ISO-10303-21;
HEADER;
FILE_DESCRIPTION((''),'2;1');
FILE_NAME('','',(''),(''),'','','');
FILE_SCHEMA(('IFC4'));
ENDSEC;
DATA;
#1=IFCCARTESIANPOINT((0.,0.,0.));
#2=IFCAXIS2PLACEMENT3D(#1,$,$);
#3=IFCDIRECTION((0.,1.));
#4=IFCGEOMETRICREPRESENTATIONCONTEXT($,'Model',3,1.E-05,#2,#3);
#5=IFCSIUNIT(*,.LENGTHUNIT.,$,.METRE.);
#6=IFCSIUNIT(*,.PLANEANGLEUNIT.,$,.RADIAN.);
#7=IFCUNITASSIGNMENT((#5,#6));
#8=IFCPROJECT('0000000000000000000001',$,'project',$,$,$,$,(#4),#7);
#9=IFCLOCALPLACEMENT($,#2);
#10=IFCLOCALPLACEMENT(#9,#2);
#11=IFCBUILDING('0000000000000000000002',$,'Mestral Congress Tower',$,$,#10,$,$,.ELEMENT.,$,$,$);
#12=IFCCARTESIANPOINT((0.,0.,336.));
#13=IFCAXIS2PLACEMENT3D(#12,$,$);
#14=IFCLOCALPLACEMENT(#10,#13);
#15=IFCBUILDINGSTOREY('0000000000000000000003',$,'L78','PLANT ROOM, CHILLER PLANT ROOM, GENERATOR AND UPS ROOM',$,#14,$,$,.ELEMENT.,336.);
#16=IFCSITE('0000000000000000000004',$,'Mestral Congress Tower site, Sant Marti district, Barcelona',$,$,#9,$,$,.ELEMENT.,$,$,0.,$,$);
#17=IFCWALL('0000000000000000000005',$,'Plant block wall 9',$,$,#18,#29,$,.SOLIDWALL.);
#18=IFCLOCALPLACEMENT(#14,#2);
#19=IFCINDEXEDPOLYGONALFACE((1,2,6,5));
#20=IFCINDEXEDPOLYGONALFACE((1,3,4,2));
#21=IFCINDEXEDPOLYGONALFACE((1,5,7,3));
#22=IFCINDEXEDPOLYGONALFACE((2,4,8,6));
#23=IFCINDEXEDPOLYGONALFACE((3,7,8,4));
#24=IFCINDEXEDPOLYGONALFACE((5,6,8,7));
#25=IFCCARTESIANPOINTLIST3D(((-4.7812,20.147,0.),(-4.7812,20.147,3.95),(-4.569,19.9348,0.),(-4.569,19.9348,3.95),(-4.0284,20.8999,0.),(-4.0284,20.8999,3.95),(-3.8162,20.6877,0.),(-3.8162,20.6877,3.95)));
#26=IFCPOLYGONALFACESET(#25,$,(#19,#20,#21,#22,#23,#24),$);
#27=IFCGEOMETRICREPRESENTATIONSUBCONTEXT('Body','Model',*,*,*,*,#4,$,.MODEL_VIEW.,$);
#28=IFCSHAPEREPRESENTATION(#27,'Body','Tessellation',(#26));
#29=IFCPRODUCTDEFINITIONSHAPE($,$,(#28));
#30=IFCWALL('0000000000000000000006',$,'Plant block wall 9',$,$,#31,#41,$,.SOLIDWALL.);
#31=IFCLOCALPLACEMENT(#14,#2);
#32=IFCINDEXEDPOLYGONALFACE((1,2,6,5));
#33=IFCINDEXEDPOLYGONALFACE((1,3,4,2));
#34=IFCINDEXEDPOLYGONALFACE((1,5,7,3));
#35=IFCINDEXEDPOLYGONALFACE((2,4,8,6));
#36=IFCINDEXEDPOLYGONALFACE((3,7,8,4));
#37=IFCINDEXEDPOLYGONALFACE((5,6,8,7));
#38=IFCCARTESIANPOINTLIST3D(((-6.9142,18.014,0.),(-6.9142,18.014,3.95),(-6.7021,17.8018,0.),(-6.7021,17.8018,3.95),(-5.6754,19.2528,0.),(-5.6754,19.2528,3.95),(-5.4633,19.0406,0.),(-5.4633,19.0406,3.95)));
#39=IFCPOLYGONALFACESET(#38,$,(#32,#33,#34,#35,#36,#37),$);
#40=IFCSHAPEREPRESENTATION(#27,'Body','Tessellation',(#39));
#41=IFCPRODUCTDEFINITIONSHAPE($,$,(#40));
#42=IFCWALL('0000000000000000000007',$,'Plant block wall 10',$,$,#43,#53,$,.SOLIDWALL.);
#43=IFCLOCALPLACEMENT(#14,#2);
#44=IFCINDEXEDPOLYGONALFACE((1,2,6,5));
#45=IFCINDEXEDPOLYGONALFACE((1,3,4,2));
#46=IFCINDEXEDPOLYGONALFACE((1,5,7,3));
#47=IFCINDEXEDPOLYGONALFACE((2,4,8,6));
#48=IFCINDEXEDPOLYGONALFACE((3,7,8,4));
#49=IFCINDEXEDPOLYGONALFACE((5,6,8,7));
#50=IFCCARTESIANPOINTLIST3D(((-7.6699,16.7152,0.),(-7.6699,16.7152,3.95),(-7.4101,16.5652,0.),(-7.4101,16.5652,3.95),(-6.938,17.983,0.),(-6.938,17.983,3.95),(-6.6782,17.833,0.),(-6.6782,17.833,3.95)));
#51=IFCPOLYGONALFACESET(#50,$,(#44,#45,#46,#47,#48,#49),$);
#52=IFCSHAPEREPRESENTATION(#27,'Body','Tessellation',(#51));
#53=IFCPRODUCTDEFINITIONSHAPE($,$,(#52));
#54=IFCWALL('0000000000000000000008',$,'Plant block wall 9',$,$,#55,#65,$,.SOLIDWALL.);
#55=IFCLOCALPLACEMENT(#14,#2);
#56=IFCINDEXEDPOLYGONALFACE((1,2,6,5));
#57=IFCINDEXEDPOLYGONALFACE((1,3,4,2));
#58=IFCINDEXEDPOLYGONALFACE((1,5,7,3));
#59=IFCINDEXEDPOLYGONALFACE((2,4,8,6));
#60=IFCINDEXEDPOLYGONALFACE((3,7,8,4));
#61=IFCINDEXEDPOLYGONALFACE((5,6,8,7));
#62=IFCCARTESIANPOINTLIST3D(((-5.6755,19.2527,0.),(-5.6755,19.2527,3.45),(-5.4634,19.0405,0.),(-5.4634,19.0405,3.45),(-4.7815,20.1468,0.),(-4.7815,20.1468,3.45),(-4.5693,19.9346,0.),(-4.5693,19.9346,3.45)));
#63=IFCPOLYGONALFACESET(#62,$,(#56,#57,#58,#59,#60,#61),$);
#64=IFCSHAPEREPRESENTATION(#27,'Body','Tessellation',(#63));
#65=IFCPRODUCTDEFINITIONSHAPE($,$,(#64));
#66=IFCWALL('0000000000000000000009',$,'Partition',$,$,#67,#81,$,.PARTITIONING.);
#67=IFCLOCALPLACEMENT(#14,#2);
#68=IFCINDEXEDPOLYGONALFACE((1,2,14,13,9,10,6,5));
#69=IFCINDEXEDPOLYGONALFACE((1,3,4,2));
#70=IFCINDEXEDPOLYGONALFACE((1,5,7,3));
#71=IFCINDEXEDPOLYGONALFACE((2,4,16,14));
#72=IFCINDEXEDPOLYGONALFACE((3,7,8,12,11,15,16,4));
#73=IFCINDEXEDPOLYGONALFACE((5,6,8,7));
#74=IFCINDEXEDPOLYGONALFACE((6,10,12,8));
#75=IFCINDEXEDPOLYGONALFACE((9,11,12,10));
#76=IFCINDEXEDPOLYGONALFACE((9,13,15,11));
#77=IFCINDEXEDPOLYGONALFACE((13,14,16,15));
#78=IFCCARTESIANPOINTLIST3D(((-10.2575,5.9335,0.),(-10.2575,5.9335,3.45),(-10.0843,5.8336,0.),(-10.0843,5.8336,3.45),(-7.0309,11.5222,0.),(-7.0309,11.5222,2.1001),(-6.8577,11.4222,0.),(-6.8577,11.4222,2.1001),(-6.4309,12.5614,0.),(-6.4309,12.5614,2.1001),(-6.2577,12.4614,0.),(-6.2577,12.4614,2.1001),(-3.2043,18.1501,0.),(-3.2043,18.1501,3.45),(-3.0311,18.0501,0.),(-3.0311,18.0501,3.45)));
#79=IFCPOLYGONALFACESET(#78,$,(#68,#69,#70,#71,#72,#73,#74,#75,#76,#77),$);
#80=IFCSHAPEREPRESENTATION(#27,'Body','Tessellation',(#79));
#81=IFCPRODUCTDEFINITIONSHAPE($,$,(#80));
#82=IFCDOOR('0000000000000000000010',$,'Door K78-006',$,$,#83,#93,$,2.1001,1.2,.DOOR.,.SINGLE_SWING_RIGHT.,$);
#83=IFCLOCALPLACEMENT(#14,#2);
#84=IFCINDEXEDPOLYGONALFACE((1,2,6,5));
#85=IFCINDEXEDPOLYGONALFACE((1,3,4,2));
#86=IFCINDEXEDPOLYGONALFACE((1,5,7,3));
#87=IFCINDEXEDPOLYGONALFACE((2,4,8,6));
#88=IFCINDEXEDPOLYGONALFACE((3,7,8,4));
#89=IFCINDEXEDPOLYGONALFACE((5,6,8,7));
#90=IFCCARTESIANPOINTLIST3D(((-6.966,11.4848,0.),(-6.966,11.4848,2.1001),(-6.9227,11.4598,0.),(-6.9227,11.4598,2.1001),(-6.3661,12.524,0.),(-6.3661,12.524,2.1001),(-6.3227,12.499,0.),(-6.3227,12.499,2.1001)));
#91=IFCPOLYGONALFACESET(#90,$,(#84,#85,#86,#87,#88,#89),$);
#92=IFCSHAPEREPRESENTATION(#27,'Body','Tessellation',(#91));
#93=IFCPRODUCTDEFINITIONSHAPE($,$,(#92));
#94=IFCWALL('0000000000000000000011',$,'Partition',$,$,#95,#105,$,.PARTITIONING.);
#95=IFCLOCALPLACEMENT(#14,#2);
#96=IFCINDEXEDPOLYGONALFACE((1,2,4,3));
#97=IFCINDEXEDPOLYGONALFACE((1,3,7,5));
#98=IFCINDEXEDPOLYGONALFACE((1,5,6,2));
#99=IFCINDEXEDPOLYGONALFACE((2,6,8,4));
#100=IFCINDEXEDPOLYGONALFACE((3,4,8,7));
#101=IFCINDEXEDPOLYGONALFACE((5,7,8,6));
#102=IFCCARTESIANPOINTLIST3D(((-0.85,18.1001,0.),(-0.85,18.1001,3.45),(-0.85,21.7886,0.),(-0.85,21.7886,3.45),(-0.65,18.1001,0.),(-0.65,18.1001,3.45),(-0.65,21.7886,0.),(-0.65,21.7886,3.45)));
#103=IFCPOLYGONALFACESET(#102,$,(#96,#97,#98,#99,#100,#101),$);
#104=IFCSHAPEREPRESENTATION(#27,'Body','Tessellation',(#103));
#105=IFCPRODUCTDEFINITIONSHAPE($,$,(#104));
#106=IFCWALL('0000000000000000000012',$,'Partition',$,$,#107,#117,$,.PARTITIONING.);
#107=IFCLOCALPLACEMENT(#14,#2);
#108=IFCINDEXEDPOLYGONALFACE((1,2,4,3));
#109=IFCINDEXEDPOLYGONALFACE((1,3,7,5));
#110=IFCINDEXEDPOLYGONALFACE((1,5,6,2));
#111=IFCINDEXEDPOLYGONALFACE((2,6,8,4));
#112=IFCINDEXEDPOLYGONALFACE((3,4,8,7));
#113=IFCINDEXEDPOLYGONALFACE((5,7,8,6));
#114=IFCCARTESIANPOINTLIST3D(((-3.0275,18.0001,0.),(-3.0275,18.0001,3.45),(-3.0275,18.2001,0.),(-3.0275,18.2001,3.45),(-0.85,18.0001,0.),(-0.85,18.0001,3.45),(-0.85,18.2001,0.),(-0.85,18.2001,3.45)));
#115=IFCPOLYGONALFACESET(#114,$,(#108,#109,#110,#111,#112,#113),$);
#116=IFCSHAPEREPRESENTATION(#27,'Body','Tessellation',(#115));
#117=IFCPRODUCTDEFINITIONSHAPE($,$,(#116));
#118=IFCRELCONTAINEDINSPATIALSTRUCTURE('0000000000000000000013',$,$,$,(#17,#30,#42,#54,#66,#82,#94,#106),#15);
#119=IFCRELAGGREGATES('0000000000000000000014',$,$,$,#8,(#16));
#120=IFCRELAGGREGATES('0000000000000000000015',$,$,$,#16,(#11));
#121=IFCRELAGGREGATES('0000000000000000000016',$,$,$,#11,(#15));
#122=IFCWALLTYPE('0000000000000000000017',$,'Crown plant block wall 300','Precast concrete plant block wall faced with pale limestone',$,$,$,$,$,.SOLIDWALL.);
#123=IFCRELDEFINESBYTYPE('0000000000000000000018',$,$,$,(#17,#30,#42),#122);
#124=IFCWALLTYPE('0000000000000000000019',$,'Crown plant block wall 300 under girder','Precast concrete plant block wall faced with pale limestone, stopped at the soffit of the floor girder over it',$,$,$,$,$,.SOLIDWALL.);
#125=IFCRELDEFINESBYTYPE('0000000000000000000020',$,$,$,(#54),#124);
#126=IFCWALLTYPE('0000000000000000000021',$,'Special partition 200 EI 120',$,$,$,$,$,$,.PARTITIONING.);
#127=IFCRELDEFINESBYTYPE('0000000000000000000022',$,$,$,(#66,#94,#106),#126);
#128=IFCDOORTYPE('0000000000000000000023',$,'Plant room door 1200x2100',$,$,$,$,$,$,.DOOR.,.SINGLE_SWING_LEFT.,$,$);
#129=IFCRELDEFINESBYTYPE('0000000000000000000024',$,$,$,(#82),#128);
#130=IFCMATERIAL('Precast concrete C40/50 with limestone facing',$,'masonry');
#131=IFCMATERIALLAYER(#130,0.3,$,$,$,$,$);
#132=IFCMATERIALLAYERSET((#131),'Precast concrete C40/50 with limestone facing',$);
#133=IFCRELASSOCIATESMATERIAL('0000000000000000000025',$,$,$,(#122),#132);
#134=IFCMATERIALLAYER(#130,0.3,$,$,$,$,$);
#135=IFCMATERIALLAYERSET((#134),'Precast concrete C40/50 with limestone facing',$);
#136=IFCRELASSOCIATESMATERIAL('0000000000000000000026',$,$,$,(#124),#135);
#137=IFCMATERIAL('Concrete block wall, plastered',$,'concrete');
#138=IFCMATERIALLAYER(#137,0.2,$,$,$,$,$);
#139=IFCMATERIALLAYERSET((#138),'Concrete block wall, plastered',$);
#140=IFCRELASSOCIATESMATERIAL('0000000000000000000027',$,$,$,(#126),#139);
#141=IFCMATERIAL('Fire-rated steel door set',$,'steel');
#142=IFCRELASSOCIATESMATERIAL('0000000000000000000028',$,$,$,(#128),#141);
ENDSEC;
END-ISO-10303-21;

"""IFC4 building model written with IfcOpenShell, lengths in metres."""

from ifc_helpers import new_model, si_unit, direction, frame, frame_2d, origin, place, context, subcontext, project, spatial, rectangle, extrude, material, layer, layer_set, type_object, element, fill, save


model = new_model("IFC4")

# Units and contexts
model_context = context("Model", 3, precision=1e-05, world=origin(), true_north=direction((0.0, 1.0)))
body_context = subcontext(model_context, "Body", "Model", "MODEL_VIEW")
ifc_project = project(units=[si_unit("LENGTHUNIT", "METRE"), si_unit("PLANEANGLEUNIT", "RADIAN")], contexts=[model_context])

# Site, building, storey
site_placement = place(None, origin())
site = spatial("IfcSite", under=ifc_project, at=site_placement, Name="Mestral Congress Tower site, Sant Marti district, Barcelona", CompositionType="ELEMENT", RefElevation=0.0)
building_placement = place(site_placement, origin())
building = spatial("IfcBuilding", under=site, at=building_placement, Name="Mestral Congress Tower", CompositionType="ELEMENT")
storey_placement = place(building_placement, frame((0.0, 0.0, 336.0)))
storey = spatial("IfcBuildingStorey", under=building, at=storey_placement, Name="L78", Description="PLANT ROOM, CHILLER PLANT ROOM, GENERATOR AND UPS ROOM", CompositionType="ELEMENT", Elevation=336.0)

# Walls
ifc_material_1 = material(Name="Precast concrete C40/50 with limestone facing", Category="masonry")
ifc_layer_1 = layer(ifc_material_1, 0.3)
ifc_layer_set_1 = layer_set([ifc_layer_1], Name="Precast concrete C40/50 with limestone facing")
wall_type_1 = type_object("IfcWallType", Name="Crown plant block wall 300", Description="Precast concrete plant block wall faced with pale limestone", PredefinedType="SOLIDWALL", material=ifc_layer_set_1)
wall_1_placement = place(storey_placement, frame((-3.9224, 20.7937, 0.0), z_axis=(0.0, 0.0, 1.0), x_axis=(-0.707107, -0.707107, 0.0)))
element("IfcWall", 1, at=wall_1_placement, inside=storey, type_object=wall_type_1, Name="Plant block wall 9", PredefinedType="SOLIDWALL", context=body_context, shape_type="SweptSolid", body=[
    extrude(rectangle(XDim=1.0647, YDim=0.3, at=frame_2d((0.5322, 0.0))), origin(), (0.0, 0.0, 1.0), 3.95),
])
wall_2_placement = place(storey_placement, frame((-5.5693, 19.1467, 0.0), z_axis=(0.0, 0.0, 1.0), x_axis=(-0.707107, -0.707107, 0.0)))
element("IfcWall", 2, at=wall_2_placement, inside=storey, type_object=wall_type_1, Name="Plant block wall 9", PredefinedType="SOLIDWALL", context=body_context, shape_type="SweptSolid", body=[
    extrude(rectangle(XDim=1.752, YDim=0.3, at=frame_2d((0.876, 0.0))), origin(), (0.0, 0.0, 1.0), 3.95),
])
wall_3_placement = place(storey_placement, frame((-6.8081, 17.908, 0.0), z_axis=(0.0, 0.0, 1.0), x_axis=(-0.499977, -0.866038, 0.0)))
element("IfcWall", 3, at=wall_3_placement, inside=storey, type_object=wall_type_1, Name="Plant block wall 10", PredefinedType="SOLIDWALL", context=body_context, shape_type="SweptSolid", body=[
    extrude(rectangle(XDim=1.4639, YDim=0.3, at=frame_2d((0.7319, 0.0))), origin(), (0.0, 0.0, 1.0), 3.95),
])
ifc_layer_2 = layer(ifc_material_1, 0.3)
ifc_layer_set_2 = layer_set([ifc_layer_2], Name="Precast concrete C40/50 with limestone facing")
wall_type_2 = type_object("IfcWallType", Name="Crown plant block wall 300 under girder", Description="Precast concrete plant block wall faced with pale limestone, stopped at the soffit of the floor girder over it", PredefinedType="SOLIDWALL", material=ifc_layer_set_2)
wall_4_placement = place(storey_placement, frame((-4.6753, 20.0408, 0.0), z_axis=(0.0, 0.0, 1.0), x_axis=(-0.707107, -0.707107, 0.0)))
element("IfcWall", 4, at=wall_4_placement, inside=storey, type_object=wall_type_2, Name="Plant block wall 9", PredefinedType="SOLIDWALL", context=body_context, shape_type="SweptSolid", body=[
    extrude(rectangle(XDim=1.2644, YDim=0.3, at=frame_2d((0.6323, 0.0))), origin(), (0.0, 0.0, 1.0), 3.45),
])

# Wall, opening, door
ifc_material_2 = material(Name="Concrete block wall, plastered", Category="concrete")
ifc_layer_3 = layer(ifc_material_2, 0.2)
ifc_layer_set_3 = layer_set([ifc_layer_3], Name="Concrete block wall, plastered")
wall_type_3 = type_object("IfcWallType", Name="Special partition 200 EI 120", PredefinedType="PARTITIONING", material=ifc_layer_set_3)
wall_5_placement = place(storey_placement, frame((-3.1177, 18.1001, 0.0), z_axis=(0.0, 0.0, 1.0), x_axis=(-0.5, -0.866026, 0.0)))
wall_5 = element("IfcWall", 5, at=wall_5_placement, inside=storey, type_object=wall_type_3, Name="Partition", PredefinedType="PARTITIONING", context=body_context, shape_type="SweptSolid", body=[
    extrude(rectangle(XDim=14.1064, YDim=0.2, at=frame_2d((7.0532, 0.0))), origin(), (0.0, 0.0, 1.0), 3.45),
])
opening_placement = place(wall_5_placement, frame((6.4531, 0.0, 0.0)))
opening = element("IfcOpeningElement", 6, at=opening_placement, cuts=wall_5, PredefinedType="OPENING", context=body_context, shape_type="SweptSolid", body=[
    extrude(rectangle(XDim=1.2, YDim=2.1001, at=frame_2d((0.6001, 1.05))), frame((0.0, 0.1099, 0.0), z_axis=(0.0, -1.0, 0.0), x_axis=(1.0, 0.0, 0.0)), (0.0, 0.0, 1.0), 0.22),
])
ifc_material_3 = material(Name="Fire-rated steel door set", Category="steel")
door_type = type_object("IfcDoorType", Name="Plant room door 1200x2100", OperationType="SINGLE_SWING_LEFT", PredefinedType="DOOR", material=ifc_material_3)
door_placement = place(opening_placement, origin())
door = element("IfcDoor", 7, at=door_placement, inside=storey, type_object=door_type, Name="Door K78-006", OperationType="SINGLE_SWING_RIGHT", OverallHeight=2.1001, OverallWidth=1.2, PredefinedType="DOOR", context=body_context, shape_type="SweptSolid", body=[
    extrude(rectangle(XDim=1.2, YDim=2.1001, at=frame_2d((0.6001, 1.05))), frame((0.0, 0.0249, 0.0), z_axis=(0.0, -1.0, 0.0), x_axis=(1.0, 0.0, 0.0)), (0.0, 0.0, 1.0), 0.05),
])
fill(opening, door)

# Walls
wall_6_placement = place(storey_placement, frame((-0.75, 18.1001, 0.0), z_axis=(0.0, 0.0, 1.0), x_axis=(0.0, 1.0, 0.0)))
element("IfcWall", 8, at=wall_6_placement, inside=storey, type_object=wall_type_3, Name="Partition", PredefinedType="PARTITIONING", context=body_context, shape_type="SweptSolid", body=[
    extrude(rectangle(XDim=3.6885, YDim=0.2, at=frame_2d((1.8442, 0.0))), origin(), (0.0, 0.0, 1.0), 3.45),
])
wall_7_placement = place(storey_placement, frame((-3.0276, 18.1001, 0.0), z_axis=(0.0, 0.0, 1.0), x_axis=(1.0, 0.0, 0.0)))
element("IfcWall", 9, at=wall_7_placement, inside=storey, type_object=wall_type_3, Name="Partition", PredefinedType="PARTITIONING", context=body_context, shape_type="SweptSolid", body=[
    extrude(rectangle(XDim=2.1775, YDim=0.2, at=frame_2d((1.0889, 0.0))), origin(), (0.0, 0.0, 1.0), 3.45),
])

save(model, "model.ifc")
